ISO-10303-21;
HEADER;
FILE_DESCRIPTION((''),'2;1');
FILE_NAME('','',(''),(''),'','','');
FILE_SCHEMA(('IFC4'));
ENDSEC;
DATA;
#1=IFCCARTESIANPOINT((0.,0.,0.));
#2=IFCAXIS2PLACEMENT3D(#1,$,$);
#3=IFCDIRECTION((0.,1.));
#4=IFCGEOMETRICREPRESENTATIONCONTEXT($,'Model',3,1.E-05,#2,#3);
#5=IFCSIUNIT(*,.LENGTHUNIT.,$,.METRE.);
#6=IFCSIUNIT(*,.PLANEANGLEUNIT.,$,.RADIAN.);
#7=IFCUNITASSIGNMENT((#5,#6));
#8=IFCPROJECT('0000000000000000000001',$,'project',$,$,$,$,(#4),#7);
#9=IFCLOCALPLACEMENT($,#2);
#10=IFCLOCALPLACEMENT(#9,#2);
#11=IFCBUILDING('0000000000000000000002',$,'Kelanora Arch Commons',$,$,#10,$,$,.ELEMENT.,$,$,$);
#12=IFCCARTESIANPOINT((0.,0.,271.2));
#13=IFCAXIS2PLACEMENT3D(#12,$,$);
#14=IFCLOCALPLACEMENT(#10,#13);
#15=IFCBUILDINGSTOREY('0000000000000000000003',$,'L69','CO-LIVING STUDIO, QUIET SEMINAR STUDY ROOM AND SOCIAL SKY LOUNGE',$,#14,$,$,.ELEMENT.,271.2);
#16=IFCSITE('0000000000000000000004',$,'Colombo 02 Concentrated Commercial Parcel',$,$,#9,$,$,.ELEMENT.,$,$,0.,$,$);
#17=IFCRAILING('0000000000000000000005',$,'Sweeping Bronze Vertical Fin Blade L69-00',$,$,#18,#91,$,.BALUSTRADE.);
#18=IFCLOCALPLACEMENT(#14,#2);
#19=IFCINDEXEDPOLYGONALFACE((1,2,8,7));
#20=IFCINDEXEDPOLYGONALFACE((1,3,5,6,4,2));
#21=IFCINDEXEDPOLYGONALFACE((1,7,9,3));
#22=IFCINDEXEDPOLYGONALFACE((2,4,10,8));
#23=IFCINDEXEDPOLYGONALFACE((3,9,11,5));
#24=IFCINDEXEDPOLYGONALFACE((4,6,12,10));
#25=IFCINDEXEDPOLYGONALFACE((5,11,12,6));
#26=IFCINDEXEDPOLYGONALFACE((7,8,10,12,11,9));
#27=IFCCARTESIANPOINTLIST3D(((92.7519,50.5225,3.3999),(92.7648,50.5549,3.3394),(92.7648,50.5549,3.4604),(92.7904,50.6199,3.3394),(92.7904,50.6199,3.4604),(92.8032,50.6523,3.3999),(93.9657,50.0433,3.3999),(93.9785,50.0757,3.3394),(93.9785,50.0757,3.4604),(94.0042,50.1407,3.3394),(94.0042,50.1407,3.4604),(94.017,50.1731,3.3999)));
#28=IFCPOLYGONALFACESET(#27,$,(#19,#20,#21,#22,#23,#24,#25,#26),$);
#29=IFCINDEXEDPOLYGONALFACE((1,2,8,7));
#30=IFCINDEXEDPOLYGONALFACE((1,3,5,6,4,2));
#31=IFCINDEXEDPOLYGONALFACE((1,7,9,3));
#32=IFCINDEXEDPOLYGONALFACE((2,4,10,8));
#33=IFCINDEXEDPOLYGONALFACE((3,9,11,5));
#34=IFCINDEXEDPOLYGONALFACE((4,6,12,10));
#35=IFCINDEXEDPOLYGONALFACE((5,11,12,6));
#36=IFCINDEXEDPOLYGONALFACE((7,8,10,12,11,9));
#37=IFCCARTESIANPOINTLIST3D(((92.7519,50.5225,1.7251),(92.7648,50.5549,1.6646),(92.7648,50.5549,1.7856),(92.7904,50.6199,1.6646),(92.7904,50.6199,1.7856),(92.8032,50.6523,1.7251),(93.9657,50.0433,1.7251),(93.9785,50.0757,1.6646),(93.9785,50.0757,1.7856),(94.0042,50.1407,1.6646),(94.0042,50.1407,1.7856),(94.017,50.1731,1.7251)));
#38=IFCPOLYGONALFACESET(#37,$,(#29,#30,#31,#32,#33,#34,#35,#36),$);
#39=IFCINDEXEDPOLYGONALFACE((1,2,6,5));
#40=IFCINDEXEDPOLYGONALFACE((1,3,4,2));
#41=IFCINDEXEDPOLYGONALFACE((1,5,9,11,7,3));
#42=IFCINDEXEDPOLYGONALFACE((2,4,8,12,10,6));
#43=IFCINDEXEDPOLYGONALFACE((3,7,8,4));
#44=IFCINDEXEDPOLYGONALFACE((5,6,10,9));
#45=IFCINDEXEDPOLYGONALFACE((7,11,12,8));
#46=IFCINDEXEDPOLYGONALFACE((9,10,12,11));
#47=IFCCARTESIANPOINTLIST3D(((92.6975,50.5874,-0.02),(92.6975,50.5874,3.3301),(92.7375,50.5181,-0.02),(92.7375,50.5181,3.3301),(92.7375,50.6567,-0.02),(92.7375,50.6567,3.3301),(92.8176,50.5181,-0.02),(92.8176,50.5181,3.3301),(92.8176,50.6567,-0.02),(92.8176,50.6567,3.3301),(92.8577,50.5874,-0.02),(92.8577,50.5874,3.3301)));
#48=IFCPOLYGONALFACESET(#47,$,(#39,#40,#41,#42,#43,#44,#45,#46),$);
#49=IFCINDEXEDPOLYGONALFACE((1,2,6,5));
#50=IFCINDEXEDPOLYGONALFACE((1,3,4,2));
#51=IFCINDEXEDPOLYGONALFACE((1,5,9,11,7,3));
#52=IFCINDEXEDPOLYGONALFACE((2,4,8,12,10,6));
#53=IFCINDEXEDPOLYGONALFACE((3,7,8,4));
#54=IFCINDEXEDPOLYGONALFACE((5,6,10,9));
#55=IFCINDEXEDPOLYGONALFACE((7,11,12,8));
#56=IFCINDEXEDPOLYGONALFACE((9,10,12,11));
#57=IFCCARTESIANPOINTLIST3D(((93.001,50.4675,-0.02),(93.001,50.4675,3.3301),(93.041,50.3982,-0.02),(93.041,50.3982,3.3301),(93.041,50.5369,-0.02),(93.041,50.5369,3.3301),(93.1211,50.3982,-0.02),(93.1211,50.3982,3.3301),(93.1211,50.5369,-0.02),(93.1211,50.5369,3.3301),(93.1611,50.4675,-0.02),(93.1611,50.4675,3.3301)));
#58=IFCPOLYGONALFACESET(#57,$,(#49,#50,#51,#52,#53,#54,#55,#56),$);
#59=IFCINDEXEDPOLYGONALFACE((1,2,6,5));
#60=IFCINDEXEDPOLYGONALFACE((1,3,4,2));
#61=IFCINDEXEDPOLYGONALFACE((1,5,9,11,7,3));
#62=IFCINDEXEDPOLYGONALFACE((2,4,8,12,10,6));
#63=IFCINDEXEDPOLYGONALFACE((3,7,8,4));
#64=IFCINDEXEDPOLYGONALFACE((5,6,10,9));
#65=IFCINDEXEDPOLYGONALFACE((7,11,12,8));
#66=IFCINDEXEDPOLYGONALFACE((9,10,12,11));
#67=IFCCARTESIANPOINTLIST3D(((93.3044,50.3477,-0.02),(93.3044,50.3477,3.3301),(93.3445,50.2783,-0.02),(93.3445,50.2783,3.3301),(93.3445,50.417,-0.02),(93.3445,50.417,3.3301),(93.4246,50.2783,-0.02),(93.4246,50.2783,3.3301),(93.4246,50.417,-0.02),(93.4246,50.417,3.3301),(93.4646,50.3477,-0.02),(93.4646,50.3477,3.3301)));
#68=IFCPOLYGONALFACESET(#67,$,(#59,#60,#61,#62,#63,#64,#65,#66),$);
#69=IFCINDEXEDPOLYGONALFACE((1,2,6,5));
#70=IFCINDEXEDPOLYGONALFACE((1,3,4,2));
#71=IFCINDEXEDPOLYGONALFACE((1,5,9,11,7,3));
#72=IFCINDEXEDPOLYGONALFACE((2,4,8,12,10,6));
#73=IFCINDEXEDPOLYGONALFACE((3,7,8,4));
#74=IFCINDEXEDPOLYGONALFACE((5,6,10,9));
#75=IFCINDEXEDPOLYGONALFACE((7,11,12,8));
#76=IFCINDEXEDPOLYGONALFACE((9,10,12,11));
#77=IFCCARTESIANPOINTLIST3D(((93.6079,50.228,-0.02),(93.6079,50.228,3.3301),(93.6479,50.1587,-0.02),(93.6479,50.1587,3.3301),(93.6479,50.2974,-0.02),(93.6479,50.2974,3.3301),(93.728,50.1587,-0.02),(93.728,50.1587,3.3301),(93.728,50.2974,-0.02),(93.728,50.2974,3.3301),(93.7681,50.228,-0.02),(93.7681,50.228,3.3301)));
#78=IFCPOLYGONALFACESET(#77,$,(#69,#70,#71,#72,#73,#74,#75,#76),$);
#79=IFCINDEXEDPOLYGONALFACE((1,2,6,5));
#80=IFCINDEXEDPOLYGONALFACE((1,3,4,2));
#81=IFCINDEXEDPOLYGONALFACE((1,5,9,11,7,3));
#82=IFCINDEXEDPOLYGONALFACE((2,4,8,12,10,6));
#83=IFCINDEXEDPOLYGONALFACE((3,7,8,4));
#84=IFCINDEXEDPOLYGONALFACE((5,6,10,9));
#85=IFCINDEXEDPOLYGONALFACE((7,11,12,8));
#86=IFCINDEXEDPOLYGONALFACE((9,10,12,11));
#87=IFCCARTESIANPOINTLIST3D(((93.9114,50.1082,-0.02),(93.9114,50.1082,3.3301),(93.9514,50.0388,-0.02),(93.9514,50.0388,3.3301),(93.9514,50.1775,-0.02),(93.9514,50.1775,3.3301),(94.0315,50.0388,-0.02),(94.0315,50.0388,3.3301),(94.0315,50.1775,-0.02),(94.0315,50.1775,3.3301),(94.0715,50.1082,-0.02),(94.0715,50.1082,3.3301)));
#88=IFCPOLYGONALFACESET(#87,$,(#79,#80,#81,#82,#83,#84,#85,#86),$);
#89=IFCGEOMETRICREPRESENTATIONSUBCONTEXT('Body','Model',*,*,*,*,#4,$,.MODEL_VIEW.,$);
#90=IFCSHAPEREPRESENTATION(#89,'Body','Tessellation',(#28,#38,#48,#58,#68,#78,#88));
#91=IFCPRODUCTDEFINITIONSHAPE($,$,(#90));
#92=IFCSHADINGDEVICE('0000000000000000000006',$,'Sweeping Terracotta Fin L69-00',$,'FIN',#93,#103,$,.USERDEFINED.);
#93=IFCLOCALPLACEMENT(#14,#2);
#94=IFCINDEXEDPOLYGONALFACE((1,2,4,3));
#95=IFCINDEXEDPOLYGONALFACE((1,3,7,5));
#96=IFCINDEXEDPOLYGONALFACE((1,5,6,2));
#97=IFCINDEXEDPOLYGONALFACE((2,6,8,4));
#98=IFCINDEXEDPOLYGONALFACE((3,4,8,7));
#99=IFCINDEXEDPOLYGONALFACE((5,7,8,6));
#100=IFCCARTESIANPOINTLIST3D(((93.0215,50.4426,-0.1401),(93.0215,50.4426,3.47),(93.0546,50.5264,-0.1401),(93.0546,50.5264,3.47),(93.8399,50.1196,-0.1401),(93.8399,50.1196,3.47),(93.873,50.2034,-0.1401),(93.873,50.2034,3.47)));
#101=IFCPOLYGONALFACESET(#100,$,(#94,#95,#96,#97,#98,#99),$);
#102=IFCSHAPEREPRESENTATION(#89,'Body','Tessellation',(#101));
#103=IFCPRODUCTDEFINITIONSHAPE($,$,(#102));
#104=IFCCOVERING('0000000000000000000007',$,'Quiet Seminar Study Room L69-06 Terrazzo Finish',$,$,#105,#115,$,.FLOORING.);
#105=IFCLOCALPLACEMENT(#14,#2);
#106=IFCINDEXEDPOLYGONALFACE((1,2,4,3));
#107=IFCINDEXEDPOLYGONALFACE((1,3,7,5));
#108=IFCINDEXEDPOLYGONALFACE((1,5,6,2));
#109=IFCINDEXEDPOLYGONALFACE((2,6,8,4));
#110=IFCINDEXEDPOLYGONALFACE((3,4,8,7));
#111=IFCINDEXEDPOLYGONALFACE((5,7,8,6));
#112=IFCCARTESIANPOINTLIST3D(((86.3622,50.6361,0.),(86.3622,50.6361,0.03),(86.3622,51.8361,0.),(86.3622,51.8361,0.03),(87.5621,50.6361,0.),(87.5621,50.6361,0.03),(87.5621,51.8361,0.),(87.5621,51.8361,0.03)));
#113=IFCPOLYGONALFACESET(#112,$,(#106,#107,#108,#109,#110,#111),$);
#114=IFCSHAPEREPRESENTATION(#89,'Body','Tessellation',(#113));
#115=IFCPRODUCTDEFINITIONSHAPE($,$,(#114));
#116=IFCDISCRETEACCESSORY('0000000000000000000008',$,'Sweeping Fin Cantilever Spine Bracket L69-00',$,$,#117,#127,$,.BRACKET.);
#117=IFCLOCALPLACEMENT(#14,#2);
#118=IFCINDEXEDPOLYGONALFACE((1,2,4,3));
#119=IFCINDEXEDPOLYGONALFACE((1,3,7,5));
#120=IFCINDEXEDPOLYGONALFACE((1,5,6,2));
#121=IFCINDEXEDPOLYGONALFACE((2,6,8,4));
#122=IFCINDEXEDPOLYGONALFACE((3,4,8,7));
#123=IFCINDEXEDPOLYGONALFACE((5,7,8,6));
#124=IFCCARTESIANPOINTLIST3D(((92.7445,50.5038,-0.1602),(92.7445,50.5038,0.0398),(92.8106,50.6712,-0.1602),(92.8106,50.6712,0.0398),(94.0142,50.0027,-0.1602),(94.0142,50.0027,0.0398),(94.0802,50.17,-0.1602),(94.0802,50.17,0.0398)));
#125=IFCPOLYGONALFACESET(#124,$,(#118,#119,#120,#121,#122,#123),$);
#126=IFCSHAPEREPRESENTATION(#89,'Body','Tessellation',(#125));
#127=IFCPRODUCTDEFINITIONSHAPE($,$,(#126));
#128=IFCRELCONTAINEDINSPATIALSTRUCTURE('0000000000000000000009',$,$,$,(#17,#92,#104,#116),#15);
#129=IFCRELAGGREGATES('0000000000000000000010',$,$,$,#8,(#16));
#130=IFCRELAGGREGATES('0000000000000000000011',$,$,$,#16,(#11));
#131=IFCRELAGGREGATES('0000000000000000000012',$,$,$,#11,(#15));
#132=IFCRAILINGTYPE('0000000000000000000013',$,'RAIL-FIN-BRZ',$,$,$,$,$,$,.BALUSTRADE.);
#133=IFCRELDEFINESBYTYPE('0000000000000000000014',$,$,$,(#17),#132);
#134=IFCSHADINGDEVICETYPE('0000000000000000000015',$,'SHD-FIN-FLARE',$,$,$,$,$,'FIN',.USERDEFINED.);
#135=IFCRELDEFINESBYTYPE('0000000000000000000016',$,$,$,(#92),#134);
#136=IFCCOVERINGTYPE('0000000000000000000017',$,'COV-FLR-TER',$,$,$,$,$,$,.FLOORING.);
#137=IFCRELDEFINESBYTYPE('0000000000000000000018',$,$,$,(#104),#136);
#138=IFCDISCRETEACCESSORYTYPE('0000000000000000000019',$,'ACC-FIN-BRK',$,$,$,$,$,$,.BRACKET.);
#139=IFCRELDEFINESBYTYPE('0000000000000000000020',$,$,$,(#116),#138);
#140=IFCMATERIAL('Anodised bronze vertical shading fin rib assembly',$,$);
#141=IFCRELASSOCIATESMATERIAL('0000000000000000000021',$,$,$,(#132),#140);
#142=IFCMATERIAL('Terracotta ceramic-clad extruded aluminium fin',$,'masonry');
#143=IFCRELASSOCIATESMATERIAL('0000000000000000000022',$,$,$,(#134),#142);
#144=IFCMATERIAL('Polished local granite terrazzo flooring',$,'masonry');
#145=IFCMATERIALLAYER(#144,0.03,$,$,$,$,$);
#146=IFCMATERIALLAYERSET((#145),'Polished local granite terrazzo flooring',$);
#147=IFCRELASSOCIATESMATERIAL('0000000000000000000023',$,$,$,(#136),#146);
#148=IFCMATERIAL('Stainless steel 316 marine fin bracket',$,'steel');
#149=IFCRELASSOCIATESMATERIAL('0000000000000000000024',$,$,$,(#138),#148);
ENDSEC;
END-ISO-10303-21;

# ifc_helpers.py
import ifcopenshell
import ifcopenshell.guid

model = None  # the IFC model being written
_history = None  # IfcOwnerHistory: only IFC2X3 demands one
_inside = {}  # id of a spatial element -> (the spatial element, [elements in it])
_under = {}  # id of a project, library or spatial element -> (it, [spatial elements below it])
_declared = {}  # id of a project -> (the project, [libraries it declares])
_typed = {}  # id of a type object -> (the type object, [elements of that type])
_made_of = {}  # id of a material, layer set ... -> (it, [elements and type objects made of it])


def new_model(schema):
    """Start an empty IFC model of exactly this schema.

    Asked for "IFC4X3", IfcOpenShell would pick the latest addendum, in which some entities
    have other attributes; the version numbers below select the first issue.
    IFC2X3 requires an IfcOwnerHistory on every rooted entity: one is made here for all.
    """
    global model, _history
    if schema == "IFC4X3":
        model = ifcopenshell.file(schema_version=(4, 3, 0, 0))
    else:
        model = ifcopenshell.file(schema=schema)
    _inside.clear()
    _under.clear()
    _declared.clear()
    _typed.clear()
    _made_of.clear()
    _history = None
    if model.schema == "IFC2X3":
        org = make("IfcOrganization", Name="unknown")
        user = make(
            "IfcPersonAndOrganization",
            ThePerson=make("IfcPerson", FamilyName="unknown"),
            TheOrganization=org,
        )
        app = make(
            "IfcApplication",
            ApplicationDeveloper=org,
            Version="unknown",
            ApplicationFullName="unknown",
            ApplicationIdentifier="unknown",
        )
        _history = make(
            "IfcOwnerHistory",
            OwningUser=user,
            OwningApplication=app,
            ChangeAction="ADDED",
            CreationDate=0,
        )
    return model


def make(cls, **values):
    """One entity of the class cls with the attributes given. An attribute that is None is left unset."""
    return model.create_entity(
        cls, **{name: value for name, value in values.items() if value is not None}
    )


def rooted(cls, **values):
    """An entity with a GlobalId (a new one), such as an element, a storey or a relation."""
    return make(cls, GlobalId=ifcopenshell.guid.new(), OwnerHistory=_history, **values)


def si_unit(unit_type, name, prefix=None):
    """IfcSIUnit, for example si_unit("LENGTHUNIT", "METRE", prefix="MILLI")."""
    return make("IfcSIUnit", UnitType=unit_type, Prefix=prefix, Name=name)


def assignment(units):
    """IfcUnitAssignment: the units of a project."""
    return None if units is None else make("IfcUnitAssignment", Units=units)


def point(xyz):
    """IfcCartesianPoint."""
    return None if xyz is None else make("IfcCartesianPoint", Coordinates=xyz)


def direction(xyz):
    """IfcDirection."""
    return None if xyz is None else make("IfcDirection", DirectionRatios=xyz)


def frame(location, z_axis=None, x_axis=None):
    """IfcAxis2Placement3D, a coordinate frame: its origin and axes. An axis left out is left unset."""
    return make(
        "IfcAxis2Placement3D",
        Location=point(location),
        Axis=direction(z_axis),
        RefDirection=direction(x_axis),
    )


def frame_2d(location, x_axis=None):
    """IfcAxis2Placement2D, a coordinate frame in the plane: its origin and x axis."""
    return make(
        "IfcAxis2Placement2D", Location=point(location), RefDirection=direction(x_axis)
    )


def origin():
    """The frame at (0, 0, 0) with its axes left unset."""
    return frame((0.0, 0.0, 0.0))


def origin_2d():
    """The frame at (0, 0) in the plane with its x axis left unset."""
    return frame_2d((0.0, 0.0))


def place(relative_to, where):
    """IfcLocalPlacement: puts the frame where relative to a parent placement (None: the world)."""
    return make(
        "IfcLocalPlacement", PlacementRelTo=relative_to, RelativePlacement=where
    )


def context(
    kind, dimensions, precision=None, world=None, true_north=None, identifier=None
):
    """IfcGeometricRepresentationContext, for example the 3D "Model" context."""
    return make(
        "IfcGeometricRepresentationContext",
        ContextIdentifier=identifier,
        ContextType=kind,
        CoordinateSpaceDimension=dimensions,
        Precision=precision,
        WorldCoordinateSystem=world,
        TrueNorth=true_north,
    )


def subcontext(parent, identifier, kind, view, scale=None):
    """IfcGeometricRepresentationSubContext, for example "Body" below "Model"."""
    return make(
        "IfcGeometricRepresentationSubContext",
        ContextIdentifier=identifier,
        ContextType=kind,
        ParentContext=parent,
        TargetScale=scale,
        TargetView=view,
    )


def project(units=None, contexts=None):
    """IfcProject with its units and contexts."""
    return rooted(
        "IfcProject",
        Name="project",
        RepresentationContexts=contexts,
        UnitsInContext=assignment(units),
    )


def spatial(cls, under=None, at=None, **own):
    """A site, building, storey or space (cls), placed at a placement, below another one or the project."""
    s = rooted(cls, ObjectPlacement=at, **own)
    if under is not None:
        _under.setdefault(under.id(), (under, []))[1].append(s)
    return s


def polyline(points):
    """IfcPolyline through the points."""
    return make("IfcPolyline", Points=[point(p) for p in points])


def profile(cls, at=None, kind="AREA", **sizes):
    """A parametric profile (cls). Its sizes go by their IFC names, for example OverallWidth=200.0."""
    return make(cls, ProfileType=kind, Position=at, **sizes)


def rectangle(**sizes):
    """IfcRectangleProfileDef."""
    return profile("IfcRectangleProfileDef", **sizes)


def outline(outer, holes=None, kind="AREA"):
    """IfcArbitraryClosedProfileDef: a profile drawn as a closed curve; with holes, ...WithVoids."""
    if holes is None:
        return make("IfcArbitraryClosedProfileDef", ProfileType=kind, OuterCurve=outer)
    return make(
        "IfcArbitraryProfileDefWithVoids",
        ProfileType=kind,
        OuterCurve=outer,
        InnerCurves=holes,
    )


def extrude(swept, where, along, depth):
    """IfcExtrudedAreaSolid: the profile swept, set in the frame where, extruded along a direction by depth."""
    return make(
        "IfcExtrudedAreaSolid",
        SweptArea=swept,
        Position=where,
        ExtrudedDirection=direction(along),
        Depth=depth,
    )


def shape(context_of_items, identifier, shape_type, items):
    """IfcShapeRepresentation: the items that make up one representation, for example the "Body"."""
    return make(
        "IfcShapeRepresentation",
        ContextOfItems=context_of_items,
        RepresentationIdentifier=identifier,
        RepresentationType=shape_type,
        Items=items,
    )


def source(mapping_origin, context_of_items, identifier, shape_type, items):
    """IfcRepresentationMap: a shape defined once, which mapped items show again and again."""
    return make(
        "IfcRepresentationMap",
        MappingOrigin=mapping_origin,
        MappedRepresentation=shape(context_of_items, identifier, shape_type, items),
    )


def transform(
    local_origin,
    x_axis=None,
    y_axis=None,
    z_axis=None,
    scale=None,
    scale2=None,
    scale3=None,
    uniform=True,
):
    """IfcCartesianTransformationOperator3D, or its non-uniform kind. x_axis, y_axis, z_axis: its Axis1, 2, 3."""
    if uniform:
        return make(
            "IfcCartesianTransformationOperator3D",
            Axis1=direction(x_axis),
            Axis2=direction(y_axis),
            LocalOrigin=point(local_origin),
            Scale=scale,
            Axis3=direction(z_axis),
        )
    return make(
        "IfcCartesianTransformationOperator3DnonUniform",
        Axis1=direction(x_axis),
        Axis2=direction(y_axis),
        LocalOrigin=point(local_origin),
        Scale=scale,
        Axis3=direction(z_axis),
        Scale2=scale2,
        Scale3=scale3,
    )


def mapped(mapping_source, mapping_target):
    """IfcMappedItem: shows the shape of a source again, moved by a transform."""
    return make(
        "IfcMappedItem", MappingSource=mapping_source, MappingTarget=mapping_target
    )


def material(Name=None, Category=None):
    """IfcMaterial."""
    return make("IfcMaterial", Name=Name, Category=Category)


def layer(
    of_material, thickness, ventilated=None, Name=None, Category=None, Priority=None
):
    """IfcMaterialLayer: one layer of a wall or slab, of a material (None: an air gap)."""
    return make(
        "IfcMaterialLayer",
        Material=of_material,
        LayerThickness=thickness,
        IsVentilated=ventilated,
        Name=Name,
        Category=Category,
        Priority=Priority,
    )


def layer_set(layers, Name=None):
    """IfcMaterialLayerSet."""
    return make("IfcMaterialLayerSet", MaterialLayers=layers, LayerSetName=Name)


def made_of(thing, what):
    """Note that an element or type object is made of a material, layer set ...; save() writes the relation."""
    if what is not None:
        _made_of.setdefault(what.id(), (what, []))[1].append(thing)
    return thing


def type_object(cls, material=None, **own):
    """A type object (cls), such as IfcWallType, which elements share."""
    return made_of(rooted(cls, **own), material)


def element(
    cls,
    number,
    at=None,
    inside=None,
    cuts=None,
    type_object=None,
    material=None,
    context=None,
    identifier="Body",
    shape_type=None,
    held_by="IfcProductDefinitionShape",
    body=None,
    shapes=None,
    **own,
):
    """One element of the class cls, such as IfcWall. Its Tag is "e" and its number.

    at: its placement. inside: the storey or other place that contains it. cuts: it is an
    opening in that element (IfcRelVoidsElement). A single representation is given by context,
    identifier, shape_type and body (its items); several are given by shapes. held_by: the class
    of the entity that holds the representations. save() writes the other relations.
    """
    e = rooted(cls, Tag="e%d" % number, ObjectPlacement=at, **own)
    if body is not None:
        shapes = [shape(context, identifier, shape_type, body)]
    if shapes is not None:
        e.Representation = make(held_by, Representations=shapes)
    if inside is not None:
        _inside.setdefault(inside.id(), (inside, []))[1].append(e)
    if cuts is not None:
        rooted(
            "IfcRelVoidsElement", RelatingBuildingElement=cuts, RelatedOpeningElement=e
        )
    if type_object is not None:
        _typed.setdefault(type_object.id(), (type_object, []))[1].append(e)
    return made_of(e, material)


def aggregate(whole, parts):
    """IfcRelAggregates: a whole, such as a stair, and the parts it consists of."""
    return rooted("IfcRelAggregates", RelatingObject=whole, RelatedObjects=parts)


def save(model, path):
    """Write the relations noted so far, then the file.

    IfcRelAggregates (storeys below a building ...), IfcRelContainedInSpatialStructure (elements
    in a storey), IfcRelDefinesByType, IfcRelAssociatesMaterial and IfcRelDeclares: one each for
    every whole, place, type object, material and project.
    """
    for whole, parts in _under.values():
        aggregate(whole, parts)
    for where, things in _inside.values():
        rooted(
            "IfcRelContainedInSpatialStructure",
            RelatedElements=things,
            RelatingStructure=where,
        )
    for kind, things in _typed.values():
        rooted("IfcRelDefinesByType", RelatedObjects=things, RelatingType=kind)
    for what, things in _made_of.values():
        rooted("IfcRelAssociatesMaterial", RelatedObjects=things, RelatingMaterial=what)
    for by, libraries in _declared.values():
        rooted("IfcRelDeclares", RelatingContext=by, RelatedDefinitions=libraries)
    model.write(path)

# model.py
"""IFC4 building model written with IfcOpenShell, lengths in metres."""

from ifc_helpers import new_model, si_unit, direction, frame, origin, origin_2d, place, context, subcontext, project, spatial, polyline, rectangle, outline, extrude, source, transform, mapped, material, layer, layer_set, type_object, element, save


model = new_model("IFC4")

# Units and contexts
model_context = context("Model", 3, precision=1e-05, world=origin(), true_north=direction((0.0, 1.0)))
body_context = subcontext(model_context, "Body", "Model", "MODEL_VIEW")
ifc_project = project(units=[si_unit("LENGTHUNIT", "METRE"), si_unit("PLANEANGLEUNIT", "RADIAN")], contexts=[model_context])

# Site, building, storey
site_placement = place(None, origin())
site = spatial("IfcSite", under=ifc_project, at=site_placement, Name="Colombo 02 Concentrated Commercial Parcel", CompositionType="ELEMENT", RefElevation=0.0)
building_placement = place(site_placement, origin())
building = spatial("IfcBuilding", under=site, at=building_placement, Name="Kelanora Arch Commons", CompositionType="ELEMENT")
storey_placement = place(building_placement, frame((0.0, 0.0, 271.2)))
storey = spatial("IfcBuildingStorey", under=building, at=storey_placement, Name="L69", Description="CO-LIVING STUDIO, QUIET SEMINAR STUDY ROOM AND SOCIAL SKY LOUNGE", CompositionType="ELEMENT", Elevation=271.2)

# Railing
ifc_material_1 = material(Name="Anodised bronze vertical shading fin rib assembly")
railing_type_1 = type_object("IfcRailingType", Name="RAIL-FIN-BRZ", PredefinedType="BALUSTRADE", material=ifc_material_1)
railing_1_placement = place(storey_placement, frame((92.7776, 50.5874, -0.02)))
element("IfcRailing", 1, at=railing_1_placement, inside=storey, type_object=railing_type_1, Name="Sweeping Bronze Vertical Fin Blade L69-00", PredefinedType="BALUSTRADE", context=body_context, shape_type="SweptSolid", body=[
    extrude(outline(polyline([(0.0698, 0.0), (0.0349, 0.0605), (-0.0349, 0.0605), (-0.0698, 0.0), (-0.0349, -0.0605), (0.0349, -0.0605), (0.0698, 0.0)])), frame((0.0, 0.0, 3.4199), z_axis=(0.930132, -0.367226, 0.0), x_axis=(0.367226, 0.930132, 0.0)), (0.0, 0.0, 1.0), 1.3049),
    extrude(outline(polyline([(0.0698, 0.0), (0.0349, 0.0605), (-0.0349, 0.0605), (-0.0698, 0.0), (-0.0349, -0.0605), (0.0349, -0.0605), (0.0698, 0.0)])), frame((0.0, 0.0, 1.7451), z_axis=(0.930132, -0.367226, 0.0), x_axis=(0.367226, 0.930132, 0.0)), (0.0, 0.0, 1.0), 1.3049),
    extrude(outline(polyline([(0.0801, 0.0), (0.04, 0.0693), (-0.04, 0.0693), (-0.0801, 0.0), (-0.04, -0.0693), (0.04, -0.0693), (0.0801, 0.0)])), origin(), (0.0, 0.0, 1.0), 3.3501),
    extrude(outline(polyline([(0.0801, 0.0), (0.04, 0.0693), (-0.04, 0.0693), (-0.0801, 0.0), (-0.04, -0.0693), (0.04, -0.0693), (0.0801, 0.0)])), frame((0.3035, -0.1199, 0.0)), (0.0, 0.0, 1.0), 3.3501),
    extrude(outline(polyline([(0.0801, 0.0), (0.04, 0.0693), (-0.04, 0.0693), (-0.0801, 0.0), (-0.04, -0.0693), (0.04, -0.0693), (0.0801, 0.0)])), frame((0.6069, -0.2397, 0.0)), (0.0, 0.0, 1.0), 3.3501),
    extrude(outline(polyline([(0.0801, 0.0), (0.04, 0.0693), (-0.04, 0.0693), (-0.0801, 0.0), (-0.04, -0.0693), (0.04, -0.0693), (0.0801, 0.0)])), frame((0.9104, -0.3594, 0.0)), (0.0, 0.0, 1.0), 3.3501),
    extrude(outline(polyline([(0.0801, 0.0), (0.04, 0.0693), (-0.04, 0.0693), (-0.0801, 0.0), (-0.04, -0.0693), (0.04, -0.0693), (0.0801, 0.0)])), frame((1.2139, -0.4792, 0.0)), (0.0, 0.0, 1.0), 3.3501),
])

# Shading device
ifc_material_2 = material(Name="Terracotta ceramic-clad extruded aluminium fin", Category="masonry")
shading_device_type = type_object("IfcShadingDeviceType", Name="SHD-FIN-FLARE", ElementType="FIN", PredefinedType="USERDEFINED", material=ifc_material_2)
shared_shape_1 = source(origin(), body_context, "Body", "SweptSolid", [
    extrude(rectangle(XDim=0.8799, YDim=0.0901, at=origin_2d()), origin(), (0.0, 0.0, 1.0), 3.6101),
])
shading_device_placement = place(storey_placement, frame((93.4473, 50.323, -0.1401), z_axis=(0.0, 0.0, 1.0), x_axis=(0.930161, -0.367151, 0.0)))
element("IfcShadingDevice", 2, at=shading_device_placement, inside=storey, type_object=shading_device_type, Name="Sweeping Terracotta Fin L69-00", ObjectType="FIN", PredefinedType="USERDEFINED", context=body_context, shape_type="MappedRepresentation", body=[
    mapped(shared_shape_1, transform((0.0, 0.0, 0.0), scale=1.0)),
])

# Covering
ifc_material_3 = material(Name="Polished local granite terrazzo flooring", Category="masonry")
ifc_layer_1 = layer(ifc_material_3, 0.03)
ifc_layer_set_1 = layer_set([ifc_layer_1], Name="Polished local granite terrazzo flooring")
covering_type = type_object("IfcCoveringType", Name="COV-FLR-TER", PredefinedType="FLOORING", material=ifc_layer_set_1)
shared_shape_2 = source(origin(), body_context, "Body", "SweptSolid", [
    extrude(rectangle(XDim=1.2, YDim=1.2, at=origin_2d()), origin(), (0.0, 0.0, 1.0), 0.03),
])
covering_placement = place(storey_placement, frame((86.9622, 51.2361, 0.0), z_axis=(0.0, 0.0, 1.0), x_axis=(1.0, 0.0, 0.0)))
element("IfcCovering", 3, at=covering_placement, inside=storey, type_object=covering_type, Name="Quiet Seminar Study Room L69-06 Terrazzo Finish", PredefinedType="FLOORING", context=body_context, shape_type="MappedRepresentation", body=[
    mapped(shared_shape_2, transform((0.0, 0.0, 0.0), scale=1.0)),
])

# Discrete accessory
ifc_material_4 = material(Name="Stainless steel 316 marine fin bracket", Category="steel")
discrete_accessory_type = type_object("IfcDiscreteAccessoryType", Name="ACC-FIN-BRK", PredefinedType="BRACKET", material=ifc_material_4)
shared_shape_3 = source(origin(), body_context, "Body", "SweptSolid", [
    extrude(rectangle(XDim=1.365, YDim=0.1799, at=origin_2d()), origin(), (0.0, 0.0, 1.0), 0.2),
])
discrete_accessory_placement = place(storey_placement, frame((93.4124, 50.3369, -0.1602), z_axis=(0.0, 0.0, 1.0), x_axis=(0.930161, -0.367151, 0.0)))
element("IfcDiscreteAccessory", 4, at=discrete_accessory_placement, inside=storey, type_object=discrete_accessory_type, Name="Sweeping Fin Cantilever Spine Bracket L69-00", PredefinedType="BRACKET", context=body_context, shape_type="MappedRepresentation", body=[
    mapped(shared_shape_3, transform((0.0, 0.0, 0.0), scale=1.0)),
])

save(model, "model.ifc")
